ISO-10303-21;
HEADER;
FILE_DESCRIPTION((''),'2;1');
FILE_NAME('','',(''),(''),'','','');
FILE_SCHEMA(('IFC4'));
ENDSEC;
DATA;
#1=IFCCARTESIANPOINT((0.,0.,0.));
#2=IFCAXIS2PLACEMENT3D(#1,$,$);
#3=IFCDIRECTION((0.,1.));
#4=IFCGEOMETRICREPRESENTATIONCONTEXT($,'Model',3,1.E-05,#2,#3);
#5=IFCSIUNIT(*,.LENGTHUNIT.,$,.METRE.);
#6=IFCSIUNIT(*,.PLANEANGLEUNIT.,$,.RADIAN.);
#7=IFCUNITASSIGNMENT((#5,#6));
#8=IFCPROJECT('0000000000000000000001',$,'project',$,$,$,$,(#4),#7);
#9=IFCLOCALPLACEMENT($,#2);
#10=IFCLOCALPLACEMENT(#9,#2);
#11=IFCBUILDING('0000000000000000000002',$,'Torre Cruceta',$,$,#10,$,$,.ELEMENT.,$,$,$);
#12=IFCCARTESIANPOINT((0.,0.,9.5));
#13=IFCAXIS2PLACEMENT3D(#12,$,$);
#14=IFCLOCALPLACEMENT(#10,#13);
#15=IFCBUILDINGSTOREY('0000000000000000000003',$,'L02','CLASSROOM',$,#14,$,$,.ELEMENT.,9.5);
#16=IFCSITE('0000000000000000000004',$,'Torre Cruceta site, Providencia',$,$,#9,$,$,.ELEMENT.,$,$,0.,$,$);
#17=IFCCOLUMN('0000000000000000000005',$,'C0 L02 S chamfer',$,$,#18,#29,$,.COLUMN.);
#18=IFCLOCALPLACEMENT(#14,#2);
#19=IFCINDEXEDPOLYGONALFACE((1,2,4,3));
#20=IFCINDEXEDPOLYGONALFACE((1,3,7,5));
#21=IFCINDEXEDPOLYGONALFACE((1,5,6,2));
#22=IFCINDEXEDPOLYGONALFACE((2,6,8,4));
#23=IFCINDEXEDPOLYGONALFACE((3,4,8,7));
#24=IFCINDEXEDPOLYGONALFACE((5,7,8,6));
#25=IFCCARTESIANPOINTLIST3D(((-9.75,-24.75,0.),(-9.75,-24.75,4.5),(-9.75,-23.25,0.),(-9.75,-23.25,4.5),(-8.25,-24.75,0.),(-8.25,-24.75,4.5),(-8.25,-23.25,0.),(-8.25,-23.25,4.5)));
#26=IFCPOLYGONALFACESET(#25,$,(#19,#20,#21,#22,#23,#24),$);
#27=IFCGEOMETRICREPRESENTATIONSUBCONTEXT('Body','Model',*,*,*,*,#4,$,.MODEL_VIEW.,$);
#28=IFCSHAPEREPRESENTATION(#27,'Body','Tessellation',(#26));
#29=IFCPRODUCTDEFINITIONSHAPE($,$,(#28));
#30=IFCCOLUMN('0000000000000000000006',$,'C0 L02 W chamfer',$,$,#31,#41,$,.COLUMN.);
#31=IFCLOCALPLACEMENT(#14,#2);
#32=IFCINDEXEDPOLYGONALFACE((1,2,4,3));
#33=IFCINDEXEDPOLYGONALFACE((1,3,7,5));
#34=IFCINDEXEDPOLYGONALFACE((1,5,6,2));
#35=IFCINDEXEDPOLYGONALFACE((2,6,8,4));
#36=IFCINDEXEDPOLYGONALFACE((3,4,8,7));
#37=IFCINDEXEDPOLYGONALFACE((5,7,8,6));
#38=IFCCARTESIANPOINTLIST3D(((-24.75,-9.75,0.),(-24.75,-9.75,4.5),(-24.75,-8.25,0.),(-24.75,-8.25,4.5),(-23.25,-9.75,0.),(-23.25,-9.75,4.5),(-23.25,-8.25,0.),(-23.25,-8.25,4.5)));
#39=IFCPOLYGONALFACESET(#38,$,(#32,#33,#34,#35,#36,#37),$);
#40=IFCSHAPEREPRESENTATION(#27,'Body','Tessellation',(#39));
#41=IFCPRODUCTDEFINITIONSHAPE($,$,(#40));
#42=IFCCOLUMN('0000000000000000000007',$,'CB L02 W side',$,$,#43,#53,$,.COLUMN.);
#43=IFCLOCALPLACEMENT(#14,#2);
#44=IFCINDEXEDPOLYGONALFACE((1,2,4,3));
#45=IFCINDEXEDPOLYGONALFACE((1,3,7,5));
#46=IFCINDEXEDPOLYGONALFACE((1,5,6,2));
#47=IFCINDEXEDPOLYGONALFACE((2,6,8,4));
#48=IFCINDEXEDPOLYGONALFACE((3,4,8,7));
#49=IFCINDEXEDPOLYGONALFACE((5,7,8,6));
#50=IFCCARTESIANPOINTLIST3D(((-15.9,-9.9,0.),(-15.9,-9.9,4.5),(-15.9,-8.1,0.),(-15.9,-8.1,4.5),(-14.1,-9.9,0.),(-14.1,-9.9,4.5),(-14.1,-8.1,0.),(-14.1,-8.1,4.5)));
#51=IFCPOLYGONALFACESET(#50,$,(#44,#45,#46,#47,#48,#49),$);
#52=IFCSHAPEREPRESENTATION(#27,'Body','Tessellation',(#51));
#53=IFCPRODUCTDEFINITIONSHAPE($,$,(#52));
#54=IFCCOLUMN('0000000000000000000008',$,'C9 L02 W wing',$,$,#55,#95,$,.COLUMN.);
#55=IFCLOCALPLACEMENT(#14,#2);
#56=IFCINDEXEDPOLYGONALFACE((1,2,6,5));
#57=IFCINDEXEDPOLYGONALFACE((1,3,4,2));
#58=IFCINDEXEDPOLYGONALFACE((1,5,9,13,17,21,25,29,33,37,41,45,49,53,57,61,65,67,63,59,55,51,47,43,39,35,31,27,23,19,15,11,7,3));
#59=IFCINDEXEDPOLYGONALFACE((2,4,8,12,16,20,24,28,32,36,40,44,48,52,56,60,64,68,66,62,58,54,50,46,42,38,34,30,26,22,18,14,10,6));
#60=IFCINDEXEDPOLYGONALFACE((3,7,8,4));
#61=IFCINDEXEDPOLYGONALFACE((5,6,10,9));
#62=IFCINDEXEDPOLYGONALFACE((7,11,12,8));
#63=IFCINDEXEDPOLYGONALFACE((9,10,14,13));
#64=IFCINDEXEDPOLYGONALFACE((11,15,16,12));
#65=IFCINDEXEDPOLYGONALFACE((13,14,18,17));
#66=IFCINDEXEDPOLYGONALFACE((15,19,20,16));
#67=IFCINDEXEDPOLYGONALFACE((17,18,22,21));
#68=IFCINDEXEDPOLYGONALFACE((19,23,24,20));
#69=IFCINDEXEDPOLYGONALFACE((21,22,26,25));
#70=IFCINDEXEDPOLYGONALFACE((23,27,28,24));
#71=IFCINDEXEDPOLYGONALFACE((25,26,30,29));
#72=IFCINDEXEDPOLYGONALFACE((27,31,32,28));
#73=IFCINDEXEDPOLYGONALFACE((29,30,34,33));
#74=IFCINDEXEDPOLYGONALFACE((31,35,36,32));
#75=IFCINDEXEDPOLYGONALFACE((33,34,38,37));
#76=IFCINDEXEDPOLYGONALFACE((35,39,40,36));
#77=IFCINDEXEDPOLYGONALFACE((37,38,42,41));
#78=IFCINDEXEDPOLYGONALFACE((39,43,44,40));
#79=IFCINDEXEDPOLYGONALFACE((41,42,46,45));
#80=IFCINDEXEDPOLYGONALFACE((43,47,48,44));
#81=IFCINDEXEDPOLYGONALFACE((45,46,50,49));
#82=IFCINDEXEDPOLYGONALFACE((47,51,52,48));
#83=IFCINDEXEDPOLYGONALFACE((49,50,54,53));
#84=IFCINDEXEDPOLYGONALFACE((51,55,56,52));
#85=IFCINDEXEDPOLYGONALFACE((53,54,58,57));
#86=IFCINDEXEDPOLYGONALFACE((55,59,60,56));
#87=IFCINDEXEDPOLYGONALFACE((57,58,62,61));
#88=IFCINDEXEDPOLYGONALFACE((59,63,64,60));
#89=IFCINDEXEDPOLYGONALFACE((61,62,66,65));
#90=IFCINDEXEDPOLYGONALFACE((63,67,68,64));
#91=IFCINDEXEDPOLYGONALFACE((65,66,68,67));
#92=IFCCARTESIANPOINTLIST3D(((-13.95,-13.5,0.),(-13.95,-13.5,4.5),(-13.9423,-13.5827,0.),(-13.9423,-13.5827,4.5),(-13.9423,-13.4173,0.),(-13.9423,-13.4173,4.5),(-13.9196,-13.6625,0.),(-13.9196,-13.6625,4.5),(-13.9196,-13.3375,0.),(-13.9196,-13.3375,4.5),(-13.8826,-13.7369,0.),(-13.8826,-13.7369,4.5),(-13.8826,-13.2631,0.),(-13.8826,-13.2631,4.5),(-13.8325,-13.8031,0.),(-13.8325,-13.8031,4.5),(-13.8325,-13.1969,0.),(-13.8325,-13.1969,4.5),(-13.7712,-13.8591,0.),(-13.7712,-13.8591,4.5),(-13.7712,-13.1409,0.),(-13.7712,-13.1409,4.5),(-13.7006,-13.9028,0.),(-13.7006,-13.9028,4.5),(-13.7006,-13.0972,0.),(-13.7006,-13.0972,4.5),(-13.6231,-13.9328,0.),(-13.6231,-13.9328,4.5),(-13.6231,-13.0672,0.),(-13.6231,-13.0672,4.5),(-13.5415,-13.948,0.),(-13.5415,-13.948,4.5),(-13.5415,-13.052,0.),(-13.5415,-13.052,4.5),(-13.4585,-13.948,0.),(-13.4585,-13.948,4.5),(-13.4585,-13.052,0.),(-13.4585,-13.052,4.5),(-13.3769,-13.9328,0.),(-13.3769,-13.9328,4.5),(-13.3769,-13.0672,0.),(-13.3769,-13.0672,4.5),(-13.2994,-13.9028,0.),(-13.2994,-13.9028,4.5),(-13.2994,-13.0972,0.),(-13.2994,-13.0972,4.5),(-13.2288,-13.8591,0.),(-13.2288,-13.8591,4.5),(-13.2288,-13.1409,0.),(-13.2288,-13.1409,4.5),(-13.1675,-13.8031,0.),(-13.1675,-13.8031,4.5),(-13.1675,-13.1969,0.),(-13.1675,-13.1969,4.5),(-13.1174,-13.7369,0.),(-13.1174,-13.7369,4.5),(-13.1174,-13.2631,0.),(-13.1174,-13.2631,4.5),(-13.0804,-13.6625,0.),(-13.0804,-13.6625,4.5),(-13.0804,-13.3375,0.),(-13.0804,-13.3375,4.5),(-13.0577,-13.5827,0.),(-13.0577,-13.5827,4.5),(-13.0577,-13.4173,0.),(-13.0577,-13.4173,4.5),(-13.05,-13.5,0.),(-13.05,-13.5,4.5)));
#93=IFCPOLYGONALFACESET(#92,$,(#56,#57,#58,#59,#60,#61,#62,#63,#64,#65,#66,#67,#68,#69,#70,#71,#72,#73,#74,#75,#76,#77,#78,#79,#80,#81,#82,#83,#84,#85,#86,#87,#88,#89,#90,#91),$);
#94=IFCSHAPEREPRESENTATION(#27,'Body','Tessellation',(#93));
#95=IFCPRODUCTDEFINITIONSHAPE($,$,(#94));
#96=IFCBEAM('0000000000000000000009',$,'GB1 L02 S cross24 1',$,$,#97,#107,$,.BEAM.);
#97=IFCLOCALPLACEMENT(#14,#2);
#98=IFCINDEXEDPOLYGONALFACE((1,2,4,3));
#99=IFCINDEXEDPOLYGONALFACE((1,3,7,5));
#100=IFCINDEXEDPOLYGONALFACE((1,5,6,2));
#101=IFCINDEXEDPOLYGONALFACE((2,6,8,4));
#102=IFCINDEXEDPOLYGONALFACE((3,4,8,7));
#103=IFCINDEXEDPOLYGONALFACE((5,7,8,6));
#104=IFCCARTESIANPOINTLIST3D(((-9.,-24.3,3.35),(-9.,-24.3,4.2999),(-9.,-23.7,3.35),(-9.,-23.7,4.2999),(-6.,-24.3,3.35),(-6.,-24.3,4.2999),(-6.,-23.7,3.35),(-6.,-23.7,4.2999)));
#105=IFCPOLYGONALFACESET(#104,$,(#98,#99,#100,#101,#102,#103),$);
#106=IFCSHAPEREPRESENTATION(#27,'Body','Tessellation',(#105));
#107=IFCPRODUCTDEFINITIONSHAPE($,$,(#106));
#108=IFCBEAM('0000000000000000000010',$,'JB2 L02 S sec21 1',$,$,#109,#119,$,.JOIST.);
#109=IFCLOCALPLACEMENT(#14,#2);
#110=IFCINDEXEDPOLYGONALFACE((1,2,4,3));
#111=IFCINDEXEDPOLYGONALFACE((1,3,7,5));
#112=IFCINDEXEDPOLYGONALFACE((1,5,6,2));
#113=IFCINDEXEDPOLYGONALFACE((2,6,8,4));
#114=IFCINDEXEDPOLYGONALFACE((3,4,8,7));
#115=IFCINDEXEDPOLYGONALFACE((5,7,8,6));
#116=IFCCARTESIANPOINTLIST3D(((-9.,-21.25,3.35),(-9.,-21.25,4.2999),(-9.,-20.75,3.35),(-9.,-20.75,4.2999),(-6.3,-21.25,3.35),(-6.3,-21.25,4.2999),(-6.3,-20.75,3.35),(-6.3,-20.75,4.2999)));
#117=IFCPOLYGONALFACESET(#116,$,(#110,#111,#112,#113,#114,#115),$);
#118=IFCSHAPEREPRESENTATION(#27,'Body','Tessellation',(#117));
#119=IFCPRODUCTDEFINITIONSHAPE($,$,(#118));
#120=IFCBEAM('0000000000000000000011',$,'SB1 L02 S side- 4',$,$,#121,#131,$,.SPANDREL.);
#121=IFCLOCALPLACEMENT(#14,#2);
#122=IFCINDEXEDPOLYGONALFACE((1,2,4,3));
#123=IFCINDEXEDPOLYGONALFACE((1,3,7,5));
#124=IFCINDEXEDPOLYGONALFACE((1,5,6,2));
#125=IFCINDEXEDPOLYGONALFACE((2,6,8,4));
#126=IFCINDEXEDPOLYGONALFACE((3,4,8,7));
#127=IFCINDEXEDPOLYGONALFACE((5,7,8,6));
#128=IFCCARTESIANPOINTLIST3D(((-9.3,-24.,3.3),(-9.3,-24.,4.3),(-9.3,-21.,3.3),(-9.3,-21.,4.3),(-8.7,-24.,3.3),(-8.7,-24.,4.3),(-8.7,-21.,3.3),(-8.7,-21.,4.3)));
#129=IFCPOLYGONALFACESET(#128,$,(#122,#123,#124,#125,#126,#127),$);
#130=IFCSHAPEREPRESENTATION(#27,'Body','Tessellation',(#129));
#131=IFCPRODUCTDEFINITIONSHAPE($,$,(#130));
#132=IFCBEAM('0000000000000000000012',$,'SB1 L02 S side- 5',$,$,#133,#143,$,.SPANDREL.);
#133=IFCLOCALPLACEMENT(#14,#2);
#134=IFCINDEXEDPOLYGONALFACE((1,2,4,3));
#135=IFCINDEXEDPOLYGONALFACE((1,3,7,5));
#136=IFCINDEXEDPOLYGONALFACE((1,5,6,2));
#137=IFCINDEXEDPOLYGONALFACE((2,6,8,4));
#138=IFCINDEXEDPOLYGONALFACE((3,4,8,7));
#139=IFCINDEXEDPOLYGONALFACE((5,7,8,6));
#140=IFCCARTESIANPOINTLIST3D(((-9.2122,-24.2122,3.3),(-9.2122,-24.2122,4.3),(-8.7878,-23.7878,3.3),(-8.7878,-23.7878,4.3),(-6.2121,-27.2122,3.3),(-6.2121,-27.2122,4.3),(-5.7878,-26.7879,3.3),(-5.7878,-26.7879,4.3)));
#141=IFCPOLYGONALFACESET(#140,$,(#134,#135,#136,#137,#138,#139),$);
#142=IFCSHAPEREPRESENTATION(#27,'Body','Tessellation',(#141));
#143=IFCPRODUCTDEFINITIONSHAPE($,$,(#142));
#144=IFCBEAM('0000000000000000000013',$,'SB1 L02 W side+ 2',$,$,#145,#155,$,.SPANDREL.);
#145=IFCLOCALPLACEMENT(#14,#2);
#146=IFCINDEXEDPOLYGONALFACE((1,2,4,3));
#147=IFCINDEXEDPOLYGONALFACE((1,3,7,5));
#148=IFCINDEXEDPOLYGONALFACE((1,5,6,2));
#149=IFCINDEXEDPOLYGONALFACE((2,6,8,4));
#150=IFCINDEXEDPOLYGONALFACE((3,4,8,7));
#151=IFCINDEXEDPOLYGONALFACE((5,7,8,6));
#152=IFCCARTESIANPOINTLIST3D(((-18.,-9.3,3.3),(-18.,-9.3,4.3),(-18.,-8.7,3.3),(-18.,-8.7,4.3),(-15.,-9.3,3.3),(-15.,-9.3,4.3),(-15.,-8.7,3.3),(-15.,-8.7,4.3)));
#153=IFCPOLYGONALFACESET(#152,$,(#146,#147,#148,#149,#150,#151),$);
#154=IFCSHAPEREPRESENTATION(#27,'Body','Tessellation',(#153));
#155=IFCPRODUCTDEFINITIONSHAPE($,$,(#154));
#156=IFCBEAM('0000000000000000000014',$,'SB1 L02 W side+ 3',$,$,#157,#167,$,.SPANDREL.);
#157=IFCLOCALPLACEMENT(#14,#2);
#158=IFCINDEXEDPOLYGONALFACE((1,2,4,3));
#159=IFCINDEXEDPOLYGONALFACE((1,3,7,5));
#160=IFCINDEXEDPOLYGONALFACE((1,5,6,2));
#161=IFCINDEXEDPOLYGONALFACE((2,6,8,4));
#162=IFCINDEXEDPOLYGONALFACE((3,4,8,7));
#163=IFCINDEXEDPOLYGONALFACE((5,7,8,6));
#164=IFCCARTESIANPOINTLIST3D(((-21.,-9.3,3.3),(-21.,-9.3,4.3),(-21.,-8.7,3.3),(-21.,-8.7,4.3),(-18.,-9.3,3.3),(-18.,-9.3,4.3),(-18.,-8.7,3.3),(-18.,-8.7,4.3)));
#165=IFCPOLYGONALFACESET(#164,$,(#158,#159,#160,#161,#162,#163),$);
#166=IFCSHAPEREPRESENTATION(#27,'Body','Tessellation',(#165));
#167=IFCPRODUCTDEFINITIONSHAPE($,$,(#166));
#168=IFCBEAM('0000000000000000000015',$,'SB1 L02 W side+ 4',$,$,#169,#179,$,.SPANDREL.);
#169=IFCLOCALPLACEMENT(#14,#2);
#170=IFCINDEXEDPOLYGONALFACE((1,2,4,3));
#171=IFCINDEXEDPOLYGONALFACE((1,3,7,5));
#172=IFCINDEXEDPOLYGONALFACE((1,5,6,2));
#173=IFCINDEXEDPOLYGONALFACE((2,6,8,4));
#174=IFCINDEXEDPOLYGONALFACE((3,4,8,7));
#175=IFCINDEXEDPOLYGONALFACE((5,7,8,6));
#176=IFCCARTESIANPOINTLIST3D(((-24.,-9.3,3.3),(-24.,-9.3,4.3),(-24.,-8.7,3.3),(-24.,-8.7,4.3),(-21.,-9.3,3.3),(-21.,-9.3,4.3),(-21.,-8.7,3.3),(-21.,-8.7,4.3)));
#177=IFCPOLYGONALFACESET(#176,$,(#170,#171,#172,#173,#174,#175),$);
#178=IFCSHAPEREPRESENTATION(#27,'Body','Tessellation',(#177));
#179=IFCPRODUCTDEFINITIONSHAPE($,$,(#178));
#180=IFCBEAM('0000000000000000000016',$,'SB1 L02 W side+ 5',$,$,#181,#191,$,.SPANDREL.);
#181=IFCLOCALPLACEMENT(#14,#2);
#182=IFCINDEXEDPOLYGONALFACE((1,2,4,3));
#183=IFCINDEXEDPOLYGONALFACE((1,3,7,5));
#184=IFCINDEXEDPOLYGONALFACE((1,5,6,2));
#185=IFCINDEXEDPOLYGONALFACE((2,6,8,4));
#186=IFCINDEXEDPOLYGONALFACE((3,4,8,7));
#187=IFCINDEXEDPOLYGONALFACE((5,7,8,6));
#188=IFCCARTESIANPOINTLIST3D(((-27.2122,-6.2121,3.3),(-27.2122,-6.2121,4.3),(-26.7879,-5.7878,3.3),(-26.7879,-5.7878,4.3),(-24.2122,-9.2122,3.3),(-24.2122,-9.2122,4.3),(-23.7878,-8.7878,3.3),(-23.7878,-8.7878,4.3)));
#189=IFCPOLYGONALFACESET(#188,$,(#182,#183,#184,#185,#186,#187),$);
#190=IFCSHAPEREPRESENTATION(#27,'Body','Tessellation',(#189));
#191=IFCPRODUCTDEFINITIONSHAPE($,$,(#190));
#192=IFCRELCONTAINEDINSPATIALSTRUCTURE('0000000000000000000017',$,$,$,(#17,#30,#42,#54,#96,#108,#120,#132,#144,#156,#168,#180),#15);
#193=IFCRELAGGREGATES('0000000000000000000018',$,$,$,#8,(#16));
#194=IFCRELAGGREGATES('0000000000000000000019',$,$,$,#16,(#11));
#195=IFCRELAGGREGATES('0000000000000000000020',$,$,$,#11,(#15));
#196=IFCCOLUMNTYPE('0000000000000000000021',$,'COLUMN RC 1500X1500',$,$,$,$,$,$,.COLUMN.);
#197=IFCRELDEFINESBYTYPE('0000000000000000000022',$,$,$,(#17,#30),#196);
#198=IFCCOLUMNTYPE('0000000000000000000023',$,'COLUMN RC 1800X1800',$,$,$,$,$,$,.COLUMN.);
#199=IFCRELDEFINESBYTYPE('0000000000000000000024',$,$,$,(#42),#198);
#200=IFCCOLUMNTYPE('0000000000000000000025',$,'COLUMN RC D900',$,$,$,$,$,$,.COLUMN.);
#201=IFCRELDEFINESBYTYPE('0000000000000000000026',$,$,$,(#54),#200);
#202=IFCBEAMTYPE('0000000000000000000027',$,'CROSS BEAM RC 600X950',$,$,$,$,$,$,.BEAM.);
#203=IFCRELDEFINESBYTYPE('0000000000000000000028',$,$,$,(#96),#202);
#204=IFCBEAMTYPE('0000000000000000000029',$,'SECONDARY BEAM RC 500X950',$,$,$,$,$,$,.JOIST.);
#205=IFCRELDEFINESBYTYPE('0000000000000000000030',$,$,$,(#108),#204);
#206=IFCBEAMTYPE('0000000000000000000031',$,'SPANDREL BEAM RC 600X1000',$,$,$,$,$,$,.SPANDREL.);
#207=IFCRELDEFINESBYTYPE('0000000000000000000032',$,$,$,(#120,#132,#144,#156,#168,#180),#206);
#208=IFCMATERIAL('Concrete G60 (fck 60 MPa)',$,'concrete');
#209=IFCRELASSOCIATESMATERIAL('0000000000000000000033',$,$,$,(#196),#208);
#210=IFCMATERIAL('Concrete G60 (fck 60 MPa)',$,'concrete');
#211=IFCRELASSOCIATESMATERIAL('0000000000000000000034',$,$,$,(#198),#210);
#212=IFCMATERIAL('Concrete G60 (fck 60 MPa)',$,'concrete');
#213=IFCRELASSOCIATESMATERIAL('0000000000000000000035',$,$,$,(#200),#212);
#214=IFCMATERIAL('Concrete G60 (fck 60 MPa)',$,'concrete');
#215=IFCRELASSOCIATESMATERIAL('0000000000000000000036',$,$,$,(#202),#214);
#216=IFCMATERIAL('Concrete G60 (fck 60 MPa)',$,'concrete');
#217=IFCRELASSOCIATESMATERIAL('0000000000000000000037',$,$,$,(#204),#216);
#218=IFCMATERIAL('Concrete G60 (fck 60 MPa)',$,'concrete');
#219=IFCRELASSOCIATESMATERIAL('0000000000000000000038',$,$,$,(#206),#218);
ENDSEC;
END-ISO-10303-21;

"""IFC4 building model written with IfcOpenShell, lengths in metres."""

from ifc_helpers import new_model, si_unit, direction, frame, origin, origin_2d, place, context, subcontext, project, spatial, rectangle, circle, extrude, material, material_profile, profile_set, type_object, element, save


model = new_model("IFC4")

# Units and contexts
model_context = context("Model", 3, precision=1e-05, world=origin(), true_north=direction((0.0, 1.0)))
body_context = subcontext(model_context, "Body", "Model", "MODEL_VIEW")
ifc_project = project(units=[si_unit("LENGTHUNIT", "METRE"), si_unit("PLANEANGLEUNIT", "RADIAN")], contexts=[model_context])

# Site, building, storey
site_placement = place(None, origin())
site = spatial("IfcSite", under=ifc_project, at=site_placement, Name="Torre Cruceta site, Providencia", CompositionType="ELEMENT", RefElevation=0.0)
building_placement = place(site_placement, origin())
building = spatial("IfcBuilding", under=site, at=building_placement, Name="Torre Cruceta", CompositionType="ELEMENT")
storey_placement = place(building_placement, frame((0.0, 0.0, 9.5)))
storey = spatial("IfcBuildingStorey", under=building, at=storey_placement, Name="L02", Description="CLASSROOM", CompositionType="ELEMENT", Elevation=9.5)

# Columns
ifc_material_1 = material(Name="Concrete G60 (fck 60 MPa)", Category="concrete")
ifc_material_profile_1 = material_profile(ifc_material_1, rectangle(XDim=1.5, YDim=1.5, at=origin_2d()), Name="RC 1500X1500")
ifc_profile_set_1 = profile_set([ifc_material_profile_1], Name="Concrete G60 (fck 60 MPa)")
column_type_1 = type_object("IfcColumnType", Name="COLUMN RC 1500X1500", PredefinedType="COLUMN", material=ifc_profile_set_1)
for number, where, z_axis, x_axis, name in (
    (1, (-9.0, -24.0, 0.0), (0.0, 0.0, 1.0), (1.0, 0.0, 0.0), "C0 L02 S chamfer"),
    (2, (-24.0, -9.0, 0.0), (0.0, 0.0, 1.0), (1.0, 0.0, 0.0), "C0 L02 W chamfer"),
):
    element("IfcColumn", number, at=place(storey_placement, frame(where, z_axis=z_axis, x_axis=x_axis)), inside=storey, type_object=column_type_1, Name=name, PredefinedType="COLUMN", context=body_context, shape_type="SweptSolid", body=[
        extrude(rectangle(XDim=1.5, YDim=1.5, at=origin_2d()), origin(), (0.0, 0.0, 1.0), 4.5),
    ])
ifc_material_2 = material(Name="Concrete G60 (fck 60 MPa)", Category="concrete")
ifc_material_profile_2 = material_profile(ifc_material_2, rectangle(XDim=1.8, YDim=1.8, at=origin_2d()), Name="RC 1800X1800")
ifc_profile_set_2 = profile_set([ifc_material_profile_2], Name="Concrete G60 (fck 60 MPa)")
column_type_2 = type_object("IfcColumnType", Name="COLUMN RC 1800X1800", PredefinedType="COLUMN", material=ifc_profile_set_2)
column_1_placement = place(storey_placement, frame((-15.0, -9.0, 0.0), z_axis=(0.0, 0.0, 1.0), x_axis=(1.0, 0.0, 0.0)))
element("IfcColumn", 3, at=column_1_placement, inside=storey, type_object=column_type_2, Name="CB L02 W side", PredefinedType="COLUMN", context=body_context, shape_type="SweptSolid", body=[
    extrude(rectangle(XDim=1.8, YDim=1.8, at=origin_2d()), origin(), (0.0, 0.0, 1.0), 4.5),
])
ifc_material_3 = material(Name="Concrete G60 (fck 60 MPa)", Category="concrete")
ifc_material_profile_3 = material_profile(ifc_material_3, circle(Radius=0.45, at=origin_2d()), Name="RC D900")
ifc_profile_set_3 = profile_set([ifc_material_profile_3], Name="Concrete G60 (fck 60 MPa)")
column_type_3 = type_object("IfcColumnType", Name="COLUMN RC D900", PredefinedType="COLUMN", material=ifc_profile_set_3)
column_2_placement = place(storey_placement, frame((-13.5, -13.5, 0.0), z_axis=(0.0, 0.0, 1.0), x_axis=(1.0, 0.0, 0.0)))
element("IfcColumn", 4, at=column_2_placement, inside=storey, type_object=column_type_3, Name="C9 L02 W wing", PredefinedType="COLUMN", context=body_context, shape_type="SweptSolid", body=[
    extrude(circle(Radius=0.45, at=origin_2d()), origin(), (0.0, 0.0, 1.0), 4.5),
])

# Beams
ifc_material_4 = material(Name="Concrete G60 (fck 60 MPa)", Category="concrete")
ifc_material_profile_4 = material_profile(ifc_material_4, rectangle(XDim=0.6001, YDim=0.95, at=origin_2d()), Name="RC 600X950")
ifc_profile_set_4 = profile_set([ifc_material_profile_4], Name="Concrete G60 (fck 60 MPa)")
beam_type_1 = type_object("IfcBeamType", Name="CROSS BEAM RC 600X950", PredefinedType="BEAM", material=ifc_profile_set_4)
beam_1_placement = place(storey_placement, frame((-9.0, -24.0, 3.825), z_axis=(1.0, 0.0, 0.0), x_axis=(0.0, 1.0, 0.0)))
element("IfcBeam", 5, at=beam_1_placement, inside=storey, type_object=beam_type_1, Name="GB1 L02 S cross24 1", PredefinedType="BEAM", context=body_context, shape_type="SweptSolid", body=[
    extrude(rectangle(XDim=0.6001, YDim=0.95, at=origin_2d()), origin(), (0.0, 0.0, 1.0), 3.0),
])
ifc_material_5 = material(Name="Concrete G60 (fck 60 MPa)", Category="concrete")
ifc_material_profile_5 = material_profile(ifc_material_5, rectangle(XDim=0.5, YDim=0.95, at=origin_2d()), Name="RC 500X950")
ifc_profile_set_5 = profile_set([ifc_material_profile_5], Name="Concrete G60 (fck 60 MPa)")
beam_type_2 = type_object("IfcBeamType", Name="SECONDARY BEAM RC 500X950", PredefinedType="JOIST", material=ifc_profile_set_5)
beam_2_placement = place(storey_placement, frame((-9.0, -21.0, 3.825), z_axis=(1.0, 0.0, 0.0), x_axis=(0.0, 1.0, 0.0)))
element("IfcBeam", 6, at=beam_2_placement, inside=storey, type_object=beam_type_2, Name="JB2 L02 S sec21 1", PredefinedType="JOIST", context=body_context, shape_type="SweptSolid", body=[
    extrude(rectangle(XDim=0.5, YDim=0.95, at=origin_2d()), origin(), (0.0, 0.0, 1.0), 2.7),
])
ifc_material_6 = material(Name="Concrete G60 (fck 60 MPa)", Category="concrete")
ifc_material_profile_6 = material_profile(ifc_material_6, rectangle(XDim=0.6001, YDim=1.0, at=origin_2d()), Name="RC 600X1000")
ifc_profile_set_6 = profile_set([ifc_material_profile_6], Name="Concrete G60 (fck 60 MPa)")
beam_type_3 = type_object("IfcBeamType", Name="SPANDREL BEAM RC 600X1000", PredefinedType="SPANDREL", material=ifc_profile_set_6)
beam_3_placement = place(storey_placement, frame((-9.0, -21.0, 3.8), z_axis=(0.0, -1.0, 0.0), x_axis=(1.0, 0.0, 0.0)))
element("IfcBeam", 7, at=beam_3_placement, inside=storey, type_object=beam_type_3, Name="SB1 L02 S side- 4", PredefinedType="SPANDREL", context=body_context, shape_type="SweptSolid", body=[
    extrude(rectangle(XDim=0.6001, YDim=1.0, at=origin_2d()), origin(), (0.0, 0.0, 1.0), 3.0),
])
beam_4_placement = place(storey_placement, frame((-9.0, -24.0, 3.8), z_axis=(0.707107, -0.707107, 0.0), x_axis=(0.707107, 0.707107, 0.0)))
element("IfcBeam", 8, at=beam_4_placement, inside=storey, type_object=beam_type_3, Name="SB1 L02 S side- 5", PredefinedType="SPANDREL", context=body_context, shape_type="SweptSolid", body=[
    extrude(rectangle(XDim=0.6001, YDim=1.0, at=origin_2d()), origin(), (0.0, 0.0, 1.0), 4.2427),
])
for number, where, z_axis, x_axis, name in (
    (9, (-15.0, -9.0, 3.8), (-1.0, 0.0, 0.0), (0.0, -1.0, 0.0), "SB1 L02 W side+ 2"),
    (10, (-18.0, -9.0, 3.8), (-1.0, 0.0, 0.0), (0.0, -1.0, 0.0), "SB1 L02 W side+ 3"),
    (11, (-21.0, -9.0, 3.8), (-1.0, 0.0, 0.0), (0.0, -1.0, 0.0), "SB1 L02 W side+ 4"),
):
    element("IfcBeam", number, at=place(storey_placement, frame(where, z_axis=z_axis, x_axis=x_axis)), inside=storey, type_object=beam_type_3, Name=name, PredefinedType="SPANDREL", context=body_context, shape_type="SweptSolid", body=[
        extrude(rectangle(XDim=0.6001, YDim=1.0, at=origin_2d()), origin(), (0.0, 0.0, 1.0), 3.0),
    ])
beam_5_placement = place(storey_placement, frame((-24.0, -9.0, 3.8), z_axis=(-0.707107, 0.707107, 0.0), x_axis=(-0.707107, -0.707107, 0.0)))
element("IfcBeam", 12, at=beam_5_placement, inside=storey, type_object=beam_type_3, Name="SB1 L02 W side+ 5", PredefinedType="SPANDREL", context=body_context, shape_type="SweptSolid", body=[
    extrude(rectangle(XDim=0.6001, YDim=1.0, at=origin_2d()), origin(), (0.0, 0.0, 1.0), 4.2427),
])

save(model, "model.ifc")
